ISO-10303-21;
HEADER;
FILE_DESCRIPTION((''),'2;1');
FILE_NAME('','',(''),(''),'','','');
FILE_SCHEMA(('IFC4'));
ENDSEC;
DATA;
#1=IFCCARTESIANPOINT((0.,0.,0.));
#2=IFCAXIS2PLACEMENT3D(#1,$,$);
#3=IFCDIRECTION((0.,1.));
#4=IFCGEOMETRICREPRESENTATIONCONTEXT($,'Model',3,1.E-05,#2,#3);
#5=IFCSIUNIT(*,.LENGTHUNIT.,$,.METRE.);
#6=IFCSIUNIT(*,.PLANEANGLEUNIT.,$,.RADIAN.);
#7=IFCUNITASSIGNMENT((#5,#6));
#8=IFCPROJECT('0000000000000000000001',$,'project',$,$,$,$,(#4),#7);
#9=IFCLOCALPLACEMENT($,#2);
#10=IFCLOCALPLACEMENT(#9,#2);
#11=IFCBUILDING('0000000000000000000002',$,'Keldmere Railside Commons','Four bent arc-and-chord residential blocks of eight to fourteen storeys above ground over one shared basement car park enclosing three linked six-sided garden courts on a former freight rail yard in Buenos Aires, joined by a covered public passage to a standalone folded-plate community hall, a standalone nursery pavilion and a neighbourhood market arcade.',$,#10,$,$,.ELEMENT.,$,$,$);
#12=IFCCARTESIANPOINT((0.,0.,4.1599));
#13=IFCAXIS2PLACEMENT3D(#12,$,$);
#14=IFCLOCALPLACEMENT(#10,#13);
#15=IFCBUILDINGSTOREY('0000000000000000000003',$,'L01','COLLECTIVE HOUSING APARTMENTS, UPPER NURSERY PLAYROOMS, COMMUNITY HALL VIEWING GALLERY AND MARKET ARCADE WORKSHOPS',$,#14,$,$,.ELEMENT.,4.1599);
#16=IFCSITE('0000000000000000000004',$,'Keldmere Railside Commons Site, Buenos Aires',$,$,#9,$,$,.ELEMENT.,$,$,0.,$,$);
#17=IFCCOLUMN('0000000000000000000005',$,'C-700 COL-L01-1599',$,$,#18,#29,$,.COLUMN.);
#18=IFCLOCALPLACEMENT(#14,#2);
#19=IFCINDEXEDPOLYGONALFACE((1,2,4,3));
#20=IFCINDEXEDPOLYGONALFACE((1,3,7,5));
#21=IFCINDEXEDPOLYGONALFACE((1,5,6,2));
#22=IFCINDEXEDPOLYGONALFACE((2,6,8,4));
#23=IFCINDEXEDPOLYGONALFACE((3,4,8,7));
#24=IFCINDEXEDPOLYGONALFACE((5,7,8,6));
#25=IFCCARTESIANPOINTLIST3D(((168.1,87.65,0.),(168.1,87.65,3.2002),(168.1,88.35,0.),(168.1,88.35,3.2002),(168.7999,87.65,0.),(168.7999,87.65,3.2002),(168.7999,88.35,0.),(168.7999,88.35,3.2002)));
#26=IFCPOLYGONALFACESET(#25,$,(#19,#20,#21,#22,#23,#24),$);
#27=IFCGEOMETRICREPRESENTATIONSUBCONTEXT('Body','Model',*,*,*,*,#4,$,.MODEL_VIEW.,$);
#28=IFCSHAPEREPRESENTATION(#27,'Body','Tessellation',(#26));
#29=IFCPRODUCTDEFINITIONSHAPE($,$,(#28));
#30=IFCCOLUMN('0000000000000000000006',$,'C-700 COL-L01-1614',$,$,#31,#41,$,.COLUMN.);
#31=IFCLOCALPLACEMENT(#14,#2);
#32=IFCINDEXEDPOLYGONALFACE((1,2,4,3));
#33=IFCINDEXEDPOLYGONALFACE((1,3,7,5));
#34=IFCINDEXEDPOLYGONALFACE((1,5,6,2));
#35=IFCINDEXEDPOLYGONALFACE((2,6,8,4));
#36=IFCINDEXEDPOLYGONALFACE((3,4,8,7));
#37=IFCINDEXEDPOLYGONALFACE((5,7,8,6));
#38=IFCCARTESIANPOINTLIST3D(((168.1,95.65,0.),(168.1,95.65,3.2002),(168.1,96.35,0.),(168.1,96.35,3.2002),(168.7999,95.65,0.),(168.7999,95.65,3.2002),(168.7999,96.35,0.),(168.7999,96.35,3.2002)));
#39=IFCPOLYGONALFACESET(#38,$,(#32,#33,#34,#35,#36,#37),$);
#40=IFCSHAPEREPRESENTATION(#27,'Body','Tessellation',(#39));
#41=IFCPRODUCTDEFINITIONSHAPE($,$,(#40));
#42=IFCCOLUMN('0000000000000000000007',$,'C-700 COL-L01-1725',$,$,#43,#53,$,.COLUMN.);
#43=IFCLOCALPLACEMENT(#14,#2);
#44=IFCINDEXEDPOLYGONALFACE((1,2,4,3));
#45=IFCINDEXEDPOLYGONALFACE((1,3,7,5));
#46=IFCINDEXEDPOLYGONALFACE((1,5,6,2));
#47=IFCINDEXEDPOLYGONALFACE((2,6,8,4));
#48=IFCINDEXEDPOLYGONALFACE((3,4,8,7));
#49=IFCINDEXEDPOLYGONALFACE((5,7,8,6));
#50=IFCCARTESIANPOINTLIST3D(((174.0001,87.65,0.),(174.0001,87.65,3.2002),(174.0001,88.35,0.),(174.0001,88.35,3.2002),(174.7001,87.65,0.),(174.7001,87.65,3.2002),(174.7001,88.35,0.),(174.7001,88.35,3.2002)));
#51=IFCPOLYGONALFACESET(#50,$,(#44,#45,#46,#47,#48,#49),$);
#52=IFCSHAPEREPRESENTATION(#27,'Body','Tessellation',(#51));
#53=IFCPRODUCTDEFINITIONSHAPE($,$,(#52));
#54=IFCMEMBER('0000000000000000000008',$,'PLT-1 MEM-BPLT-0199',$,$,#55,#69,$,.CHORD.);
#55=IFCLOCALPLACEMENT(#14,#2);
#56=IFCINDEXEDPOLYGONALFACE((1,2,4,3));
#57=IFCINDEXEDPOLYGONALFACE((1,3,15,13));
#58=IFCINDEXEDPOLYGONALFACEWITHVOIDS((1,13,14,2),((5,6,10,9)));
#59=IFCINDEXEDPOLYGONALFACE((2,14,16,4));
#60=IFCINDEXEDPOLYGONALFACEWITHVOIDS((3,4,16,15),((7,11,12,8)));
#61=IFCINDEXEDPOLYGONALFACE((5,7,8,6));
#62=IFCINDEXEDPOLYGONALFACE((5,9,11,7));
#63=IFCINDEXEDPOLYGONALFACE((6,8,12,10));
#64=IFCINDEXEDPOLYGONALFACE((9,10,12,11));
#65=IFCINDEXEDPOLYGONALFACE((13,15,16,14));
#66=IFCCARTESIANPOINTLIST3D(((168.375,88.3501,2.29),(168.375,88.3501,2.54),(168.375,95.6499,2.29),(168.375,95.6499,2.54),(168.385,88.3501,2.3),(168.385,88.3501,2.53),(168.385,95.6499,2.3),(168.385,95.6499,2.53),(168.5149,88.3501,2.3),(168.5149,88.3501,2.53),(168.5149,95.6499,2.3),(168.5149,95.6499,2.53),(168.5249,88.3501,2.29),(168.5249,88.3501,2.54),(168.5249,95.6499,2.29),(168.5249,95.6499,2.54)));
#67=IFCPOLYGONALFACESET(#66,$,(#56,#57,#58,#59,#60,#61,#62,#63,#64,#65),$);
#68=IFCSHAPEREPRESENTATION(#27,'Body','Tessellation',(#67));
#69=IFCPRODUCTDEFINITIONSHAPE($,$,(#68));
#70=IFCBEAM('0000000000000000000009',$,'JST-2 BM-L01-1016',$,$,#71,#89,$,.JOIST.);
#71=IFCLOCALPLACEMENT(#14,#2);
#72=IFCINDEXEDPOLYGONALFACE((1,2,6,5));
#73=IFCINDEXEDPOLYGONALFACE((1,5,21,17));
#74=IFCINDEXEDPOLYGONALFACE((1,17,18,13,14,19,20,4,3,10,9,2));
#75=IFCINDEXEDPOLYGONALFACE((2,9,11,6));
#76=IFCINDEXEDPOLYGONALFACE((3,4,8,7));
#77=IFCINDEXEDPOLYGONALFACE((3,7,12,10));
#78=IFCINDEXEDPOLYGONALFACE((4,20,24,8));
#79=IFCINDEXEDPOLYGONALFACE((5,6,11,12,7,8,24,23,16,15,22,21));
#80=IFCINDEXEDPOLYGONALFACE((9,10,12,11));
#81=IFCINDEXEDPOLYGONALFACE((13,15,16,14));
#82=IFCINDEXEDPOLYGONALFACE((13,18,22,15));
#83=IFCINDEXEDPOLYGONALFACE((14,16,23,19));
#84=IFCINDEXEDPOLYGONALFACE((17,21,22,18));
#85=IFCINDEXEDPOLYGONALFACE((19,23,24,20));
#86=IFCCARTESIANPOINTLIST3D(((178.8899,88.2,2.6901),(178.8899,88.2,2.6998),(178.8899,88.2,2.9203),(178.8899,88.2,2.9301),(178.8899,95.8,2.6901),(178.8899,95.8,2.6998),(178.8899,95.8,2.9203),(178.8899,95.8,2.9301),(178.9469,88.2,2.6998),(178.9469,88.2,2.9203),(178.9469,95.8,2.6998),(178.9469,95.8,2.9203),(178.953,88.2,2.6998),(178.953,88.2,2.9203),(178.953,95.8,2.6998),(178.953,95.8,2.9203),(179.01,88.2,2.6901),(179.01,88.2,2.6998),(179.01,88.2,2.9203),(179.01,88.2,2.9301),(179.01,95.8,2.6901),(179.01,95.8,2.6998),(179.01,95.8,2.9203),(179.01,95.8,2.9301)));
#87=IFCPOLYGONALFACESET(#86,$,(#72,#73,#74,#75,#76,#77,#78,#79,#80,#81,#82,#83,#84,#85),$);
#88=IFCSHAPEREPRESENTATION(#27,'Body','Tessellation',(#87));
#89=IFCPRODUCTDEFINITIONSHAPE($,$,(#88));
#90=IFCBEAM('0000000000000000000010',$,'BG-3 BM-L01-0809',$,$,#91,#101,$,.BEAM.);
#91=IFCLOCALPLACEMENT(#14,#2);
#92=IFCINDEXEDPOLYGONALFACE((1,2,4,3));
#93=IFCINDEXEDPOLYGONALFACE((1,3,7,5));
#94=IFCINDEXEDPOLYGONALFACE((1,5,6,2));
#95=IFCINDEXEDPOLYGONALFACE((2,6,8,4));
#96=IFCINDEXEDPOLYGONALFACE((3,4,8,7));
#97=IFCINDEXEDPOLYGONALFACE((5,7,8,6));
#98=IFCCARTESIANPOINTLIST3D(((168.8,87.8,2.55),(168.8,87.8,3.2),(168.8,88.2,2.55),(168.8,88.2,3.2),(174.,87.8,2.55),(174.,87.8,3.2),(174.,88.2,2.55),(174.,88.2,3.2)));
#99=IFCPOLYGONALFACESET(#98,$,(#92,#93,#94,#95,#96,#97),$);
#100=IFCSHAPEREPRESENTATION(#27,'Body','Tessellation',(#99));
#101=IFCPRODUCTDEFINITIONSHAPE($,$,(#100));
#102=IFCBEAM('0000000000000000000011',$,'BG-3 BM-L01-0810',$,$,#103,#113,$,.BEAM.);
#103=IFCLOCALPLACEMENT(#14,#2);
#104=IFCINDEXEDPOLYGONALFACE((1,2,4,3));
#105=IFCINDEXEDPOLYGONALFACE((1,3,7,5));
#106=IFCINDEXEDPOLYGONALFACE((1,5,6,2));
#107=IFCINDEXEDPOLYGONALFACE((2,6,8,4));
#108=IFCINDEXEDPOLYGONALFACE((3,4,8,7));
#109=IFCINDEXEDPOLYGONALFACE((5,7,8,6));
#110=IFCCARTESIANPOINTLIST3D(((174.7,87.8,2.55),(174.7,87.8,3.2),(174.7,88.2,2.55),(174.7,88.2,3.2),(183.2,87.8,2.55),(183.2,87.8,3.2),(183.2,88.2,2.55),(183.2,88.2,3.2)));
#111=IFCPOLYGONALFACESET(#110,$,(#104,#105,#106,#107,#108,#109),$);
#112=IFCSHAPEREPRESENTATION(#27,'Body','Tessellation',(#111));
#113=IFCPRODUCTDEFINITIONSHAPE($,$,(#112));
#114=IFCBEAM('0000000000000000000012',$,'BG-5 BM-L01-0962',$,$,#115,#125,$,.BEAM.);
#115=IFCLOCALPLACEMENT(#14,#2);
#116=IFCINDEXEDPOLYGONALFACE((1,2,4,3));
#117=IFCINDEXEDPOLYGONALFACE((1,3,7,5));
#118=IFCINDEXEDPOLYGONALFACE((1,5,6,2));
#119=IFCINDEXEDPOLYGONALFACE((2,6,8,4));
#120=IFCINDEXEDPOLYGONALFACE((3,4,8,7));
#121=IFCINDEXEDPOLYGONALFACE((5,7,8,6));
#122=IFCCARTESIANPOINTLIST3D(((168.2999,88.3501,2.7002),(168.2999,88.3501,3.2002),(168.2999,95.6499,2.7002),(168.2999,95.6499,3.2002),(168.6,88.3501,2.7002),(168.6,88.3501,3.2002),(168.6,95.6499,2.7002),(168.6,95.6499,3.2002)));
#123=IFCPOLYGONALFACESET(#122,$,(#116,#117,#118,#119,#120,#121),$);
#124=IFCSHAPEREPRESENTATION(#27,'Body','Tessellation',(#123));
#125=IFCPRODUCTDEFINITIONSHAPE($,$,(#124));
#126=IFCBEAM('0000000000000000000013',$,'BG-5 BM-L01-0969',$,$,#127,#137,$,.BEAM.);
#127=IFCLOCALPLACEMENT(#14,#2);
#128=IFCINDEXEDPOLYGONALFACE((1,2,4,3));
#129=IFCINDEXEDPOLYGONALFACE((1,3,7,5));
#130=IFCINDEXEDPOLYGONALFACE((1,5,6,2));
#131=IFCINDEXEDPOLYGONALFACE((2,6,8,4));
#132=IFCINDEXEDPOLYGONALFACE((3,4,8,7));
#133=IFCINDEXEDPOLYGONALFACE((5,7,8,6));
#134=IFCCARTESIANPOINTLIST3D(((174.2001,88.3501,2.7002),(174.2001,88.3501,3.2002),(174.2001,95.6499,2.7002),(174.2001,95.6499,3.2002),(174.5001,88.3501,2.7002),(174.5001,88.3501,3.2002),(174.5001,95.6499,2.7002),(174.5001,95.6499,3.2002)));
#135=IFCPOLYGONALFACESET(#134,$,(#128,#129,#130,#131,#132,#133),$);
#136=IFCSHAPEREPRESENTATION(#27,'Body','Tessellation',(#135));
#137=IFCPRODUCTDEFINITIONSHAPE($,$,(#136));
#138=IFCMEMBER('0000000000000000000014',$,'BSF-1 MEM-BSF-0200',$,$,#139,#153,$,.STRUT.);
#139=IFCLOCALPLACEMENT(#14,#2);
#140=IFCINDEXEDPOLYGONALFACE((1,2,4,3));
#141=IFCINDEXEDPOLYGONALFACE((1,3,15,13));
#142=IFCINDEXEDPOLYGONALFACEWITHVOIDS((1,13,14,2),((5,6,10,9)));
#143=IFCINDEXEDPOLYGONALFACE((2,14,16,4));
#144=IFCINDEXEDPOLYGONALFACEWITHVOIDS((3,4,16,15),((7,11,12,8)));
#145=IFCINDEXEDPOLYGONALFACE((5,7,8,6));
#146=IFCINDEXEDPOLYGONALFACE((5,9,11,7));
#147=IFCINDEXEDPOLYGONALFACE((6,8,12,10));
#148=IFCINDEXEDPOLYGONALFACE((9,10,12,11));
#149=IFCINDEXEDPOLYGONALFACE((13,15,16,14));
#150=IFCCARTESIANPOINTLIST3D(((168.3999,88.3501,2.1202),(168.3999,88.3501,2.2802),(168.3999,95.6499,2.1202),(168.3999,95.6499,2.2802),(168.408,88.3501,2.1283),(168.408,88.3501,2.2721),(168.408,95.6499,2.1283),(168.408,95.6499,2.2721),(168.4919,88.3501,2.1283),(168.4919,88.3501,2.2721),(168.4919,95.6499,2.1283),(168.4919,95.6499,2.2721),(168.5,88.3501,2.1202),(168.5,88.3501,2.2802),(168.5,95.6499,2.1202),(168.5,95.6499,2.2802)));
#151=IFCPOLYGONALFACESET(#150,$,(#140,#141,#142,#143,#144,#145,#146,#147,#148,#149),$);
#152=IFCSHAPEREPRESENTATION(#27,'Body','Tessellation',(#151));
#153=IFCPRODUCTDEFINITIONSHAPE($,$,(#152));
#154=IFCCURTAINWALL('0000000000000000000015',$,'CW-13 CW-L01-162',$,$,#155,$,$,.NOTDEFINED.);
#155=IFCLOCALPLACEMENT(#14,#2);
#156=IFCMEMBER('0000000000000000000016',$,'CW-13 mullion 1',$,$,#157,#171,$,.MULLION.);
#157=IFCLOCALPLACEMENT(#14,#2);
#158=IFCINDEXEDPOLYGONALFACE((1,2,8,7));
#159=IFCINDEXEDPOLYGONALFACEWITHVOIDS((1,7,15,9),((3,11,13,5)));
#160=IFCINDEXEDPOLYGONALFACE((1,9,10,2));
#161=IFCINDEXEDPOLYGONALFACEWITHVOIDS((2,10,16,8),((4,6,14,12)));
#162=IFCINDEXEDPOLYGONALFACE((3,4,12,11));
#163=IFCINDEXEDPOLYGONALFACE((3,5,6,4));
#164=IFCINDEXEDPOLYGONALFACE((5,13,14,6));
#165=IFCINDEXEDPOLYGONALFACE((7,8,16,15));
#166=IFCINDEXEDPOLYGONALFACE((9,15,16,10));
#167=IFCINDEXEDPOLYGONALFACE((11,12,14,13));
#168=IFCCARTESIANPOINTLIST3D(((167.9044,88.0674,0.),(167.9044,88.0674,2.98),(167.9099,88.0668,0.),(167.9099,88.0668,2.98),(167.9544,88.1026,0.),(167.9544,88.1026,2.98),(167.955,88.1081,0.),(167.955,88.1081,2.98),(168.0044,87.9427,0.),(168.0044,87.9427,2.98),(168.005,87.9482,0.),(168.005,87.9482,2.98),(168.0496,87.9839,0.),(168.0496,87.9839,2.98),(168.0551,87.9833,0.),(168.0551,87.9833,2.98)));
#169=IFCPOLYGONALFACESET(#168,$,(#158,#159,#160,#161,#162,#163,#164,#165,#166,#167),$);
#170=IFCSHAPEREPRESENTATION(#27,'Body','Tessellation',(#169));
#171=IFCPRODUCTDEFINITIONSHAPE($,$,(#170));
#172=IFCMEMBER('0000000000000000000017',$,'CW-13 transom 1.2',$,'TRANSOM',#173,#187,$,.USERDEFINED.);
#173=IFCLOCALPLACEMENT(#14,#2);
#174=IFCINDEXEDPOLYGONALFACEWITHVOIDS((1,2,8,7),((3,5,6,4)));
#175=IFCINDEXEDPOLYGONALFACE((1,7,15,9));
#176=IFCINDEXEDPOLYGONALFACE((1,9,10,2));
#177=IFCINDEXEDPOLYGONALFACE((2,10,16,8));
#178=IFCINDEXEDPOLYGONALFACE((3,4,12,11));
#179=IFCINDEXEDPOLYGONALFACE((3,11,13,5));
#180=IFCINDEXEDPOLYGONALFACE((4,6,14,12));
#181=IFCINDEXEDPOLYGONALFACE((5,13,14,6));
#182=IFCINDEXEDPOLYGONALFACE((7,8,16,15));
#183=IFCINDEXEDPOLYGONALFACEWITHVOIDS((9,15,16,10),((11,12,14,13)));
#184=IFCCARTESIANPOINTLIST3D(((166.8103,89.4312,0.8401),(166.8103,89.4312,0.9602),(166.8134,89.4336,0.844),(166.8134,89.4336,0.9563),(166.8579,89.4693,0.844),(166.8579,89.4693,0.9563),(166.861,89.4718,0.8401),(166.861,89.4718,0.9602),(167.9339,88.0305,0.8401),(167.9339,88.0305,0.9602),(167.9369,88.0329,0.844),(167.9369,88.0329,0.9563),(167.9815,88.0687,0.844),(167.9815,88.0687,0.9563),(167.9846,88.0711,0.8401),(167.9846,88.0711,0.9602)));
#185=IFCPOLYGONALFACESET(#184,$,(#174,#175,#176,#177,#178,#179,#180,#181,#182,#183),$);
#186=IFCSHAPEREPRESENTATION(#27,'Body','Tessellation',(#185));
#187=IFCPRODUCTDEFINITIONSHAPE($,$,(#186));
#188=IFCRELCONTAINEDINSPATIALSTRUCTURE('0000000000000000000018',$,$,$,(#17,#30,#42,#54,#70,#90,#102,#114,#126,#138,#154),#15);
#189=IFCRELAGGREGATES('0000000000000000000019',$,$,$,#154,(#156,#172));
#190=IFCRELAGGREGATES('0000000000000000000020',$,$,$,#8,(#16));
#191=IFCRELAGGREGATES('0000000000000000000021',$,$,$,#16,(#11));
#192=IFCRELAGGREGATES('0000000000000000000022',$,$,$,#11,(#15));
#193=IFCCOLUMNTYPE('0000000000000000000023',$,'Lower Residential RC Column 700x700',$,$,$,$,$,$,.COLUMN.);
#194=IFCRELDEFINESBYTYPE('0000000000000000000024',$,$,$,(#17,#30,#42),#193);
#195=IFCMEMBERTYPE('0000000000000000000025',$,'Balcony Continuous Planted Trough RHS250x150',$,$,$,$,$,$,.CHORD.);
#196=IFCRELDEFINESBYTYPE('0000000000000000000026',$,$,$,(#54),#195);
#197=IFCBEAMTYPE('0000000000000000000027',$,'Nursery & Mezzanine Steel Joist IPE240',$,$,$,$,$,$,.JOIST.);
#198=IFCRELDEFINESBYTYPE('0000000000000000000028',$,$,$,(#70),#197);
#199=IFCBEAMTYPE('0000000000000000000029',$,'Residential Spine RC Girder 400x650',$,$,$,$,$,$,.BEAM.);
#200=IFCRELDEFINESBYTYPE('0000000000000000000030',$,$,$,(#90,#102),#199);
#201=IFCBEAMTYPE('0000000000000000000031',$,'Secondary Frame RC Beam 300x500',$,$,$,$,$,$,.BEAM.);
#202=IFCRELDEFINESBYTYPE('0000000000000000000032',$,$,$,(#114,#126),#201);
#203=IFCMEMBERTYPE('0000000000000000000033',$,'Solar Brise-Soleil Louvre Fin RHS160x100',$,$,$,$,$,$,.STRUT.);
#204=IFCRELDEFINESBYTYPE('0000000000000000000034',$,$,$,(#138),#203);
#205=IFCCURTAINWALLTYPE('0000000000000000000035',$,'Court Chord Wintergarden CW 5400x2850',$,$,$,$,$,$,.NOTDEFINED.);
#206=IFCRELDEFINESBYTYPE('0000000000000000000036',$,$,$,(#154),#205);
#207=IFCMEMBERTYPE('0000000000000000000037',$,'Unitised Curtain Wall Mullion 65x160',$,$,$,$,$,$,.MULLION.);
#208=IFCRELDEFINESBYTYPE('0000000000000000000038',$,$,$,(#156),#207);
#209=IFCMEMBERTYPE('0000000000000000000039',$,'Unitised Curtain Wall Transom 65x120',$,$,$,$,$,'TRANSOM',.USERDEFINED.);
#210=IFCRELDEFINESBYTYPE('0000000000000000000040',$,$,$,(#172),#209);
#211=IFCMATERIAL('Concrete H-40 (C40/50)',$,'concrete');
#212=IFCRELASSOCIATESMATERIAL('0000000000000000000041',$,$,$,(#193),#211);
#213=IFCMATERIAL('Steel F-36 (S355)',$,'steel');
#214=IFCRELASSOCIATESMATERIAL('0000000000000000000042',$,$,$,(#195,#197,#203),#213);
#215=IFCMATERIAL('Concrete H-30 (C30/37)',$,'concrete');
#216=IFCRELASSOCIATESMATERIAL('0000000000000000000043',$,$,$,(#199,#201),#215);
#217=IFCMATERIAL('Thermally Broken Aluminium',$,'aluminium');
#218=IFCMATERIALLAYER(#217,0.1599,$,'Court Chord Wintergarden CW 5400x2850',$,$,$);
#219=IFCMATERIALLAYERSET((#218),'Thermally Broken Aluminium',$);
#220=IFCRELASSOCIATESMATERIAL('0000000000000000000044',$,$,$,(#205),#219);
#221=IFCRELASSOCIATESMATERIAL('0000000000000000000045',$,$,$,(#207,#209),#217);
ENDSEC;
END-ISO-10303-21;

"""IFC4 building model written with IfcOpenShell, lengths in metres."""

from ifc_helpers import new_model, si_unit, direction, frame, origin, origin_2d, place, context, subcontext, project, spatial, rectangle, hollow_rectangle, i_section, extrude, material, layer, layer_set, material_profile, profile_set, type_object, element, aggregate, save


model = new_model("IFC4")

# Units and contexts
model_context = context("Model", 3, precision=1e-05, world=origin(), true_north=direction((0.0, 1.0)))
body_context = subcontext(model_context, "Body", "Model", "MODEL_VIEW")
ifc_project = project(units=[si_unit("LENGTHUNIT", "METRE"), si_unit("PLANEANGLEUNIT", "RADIAN")], contexts=[model_context])

# Site, building, storey
site_placement = place(None, origin())
site = spatial("IfcSite", under=ifc_project, at=site_placement, Name="Keldmere Railside Commons Site, Buenos Aires", CompositionType="ELEMENT", RefElevation=0.0)
building_placement = place(site_placement, origin())
building = spatial("IfcBuilding", under=site, at=building_placement, Name="Keldmere Railside Commons", Description="Four bent arc-and-chord residential blocks of eight to fourteen storeys above ground over one shared basement car park enclosing three linked six-sided garden courts on a former freight rail yard in Buenos Aires, joined by a covered public passage to a standalone folded-plate community hall, a standalone nursery pavilion and a neighbourhood market arcade.", CompositionType="ELEMENT")
storey_placement = place(building_placement, frame((0.0, 0.0, 4.1599)))
storey = spatial("IfcBuildingStorey", under=building, at=storey_placement, Name="L01", Description="COLLECTIVE HOUSING APARTMENTS, UPPER NURSERY PLAYROOMS, COMMUNITY HALL VIEWING GALLERY AND MARKET ARCADE WORKSHOPS", CompositionType="ELEMENT", Elevation=4.1599)

# Columns
ifc_material_1 = material(Name="Concrete H-40 (C40/50)", Category="concrete")
ifc_material_profile_1 = material_profile(ifc_material_1, rectangle(XDim=0.7, YDim=0.7, at=origin_2d()), Name="RC-700x700")
ifc_profile_set_1 = profile_set([ifc_material_profile_1], Name="Concrete H-40 (C40/50)")
column_type = type_object("IfcColumnType", Name="Lower Residential RC Column 700x700", PredefinedType="COLUMN", material=ifc_profile_set_1)
for number, where, z_axis, x_axis, name in (
    (1, (168.45, 88.0, 0.0), (0.0, 0.0, 1.0), (1.0, 0.0, 0.0), "C-700 COL-L01-1599"),
    (2, (168.45, 96.0, 0.0), (0.0, 0.0, 1.0), (1.0, 0.0, 0.0), "C-700 COL-L01-1614"),
    (3, (174.3501, 88.0, 0.0), (0.0, 0.0, 1.0), (1.0, 0.0, 0.0), "C-700 COL-L01-1725"),
):
    element("IfcColumn", number, at=place(storey_placement, frame(where, z_axis=z_axis, x_axis=x_axis)), inside=storey, type_object=column_type, Name=name, PredefinedType="COLUMN", context=body_context, shape_type="SweptSolid", body=[
        extrude(rectangle(XDim=0.7, YDim=0.7, at=origin_2d()), origin(), (0.0, 0.0, 1.0), 3.2002),
    ])

# Member
ifc_material_2 = material(Name="Steel F-36 (S355)", Category="steel")
ifc_material_profile_2 = material_profile(ifc_material_2, hollow_rectangle(XDim=0.1499, YDim=0.25, WallThickness=0.01, at=origin_2d()), Name="RHS-250x150x10")
ifc_profile_set_2 = profile_set([ifc_material_profile_2], Name="Steel F-36 (S355)")
member_type_1 = type_object("IfcMemberType", Name="Balcony Continuous Planted Trough RHS250x150", PredefinedType="CHORD", material=ifc_profile_set_2)
member_1_placement = place(storey_placement, frame((168.45, 88.3501, 2.415), z_axis=(0.0, 1.0, 0.0), x_axis=(-1.0, 0.0, 0.0)))
element("IfcMember", 4, at=member_1_placement, inside=storey, type_object=member_type_1, Name="PLT-1 MEM-BPLT-0199", PredefinedType="CHORD", context=body_context, shape_type="SweptSolid", body=[
    extrude(hollow_rectangle(XDim=0.1499, YDim=0.25, WallThickness=0.01, at=origin_2d()), origin(), (0.0, 0.0, 1.0), 7.2998),
])

# Beams
ifc_material_profile_3 = material_profile(ifc_material_2, i_section(OverallWidth=0.1201, OverallDepth=0.24, WebThickness=0.0061, FlangeThickness=0.0098, at=origin_2d()), Name="IPE-240")
ifc_profile_set_3 = profile_set([ifc_material_profile_3], Name="Steel F-36 (S355)")
beam_type_1 = type_object("IfcBeamType", Name="Nursery & Mezzanine Steel Joist IPE240", PredefinedType="JOIST", material=ifc_profile_set_3)
beam_1_placement = place(storey_placement, frame((178.95, 88.2, 2.8101), z_axis=(0.0, 1.0, 0.0), x_axis=(-1.0, 0.0, 0.0)))
element("IfcBeam", 5, at=beam_1_placement, inside=storey, type_object=beam_type_1, Name="JST-2 BM-L01-1016", PredefinedType="JOIST", context=body_context, shape_type="SweptSolid", body=[
    extrude(i_section(OverallWidth=0.1201, OverallDepth=0.24, WebThickness=0.0061, FlangeThickness=0.0098, at=origin_2d()), origin(), (0.0, 0.0, 1.0), 7.6001),
])
ifc_material_3 = material(Name="Concrete H-30 (C30/37)", Category="concrete")
ifc_material_profile_4 = material_profile(ifc_material_3, rectangle(XDim=0.3999, YDim=0.6499, at=origin_2d()), Name="RC-400x650")
ifc_profile_set_4 = profile_set([ifc_material_profile_4], Name="Concrete H-30 (C30/37)")
beam_type_2 = type_object("IfcBeamType", Name="Residential Spine RC Girder 400x650", PredefinedType="BEAM", material=ifc_profile_set_4)
beam_2_placement = place(storey_placement, frame((168.8, 88.0, 2.875), z_axis=(1.0, 0.0, 0.0), x_axis=(0.0, 1.0, 0.0)))
element("IfcBeam", 6, at=beam_2_placement, inside=storey, type_object=beam_type_2, Name="BG-3 BM-L01-0809", PredefinedType="BEAM", context=body_context, shape_type="SweptSolid", body=[
    extrude(rectangle(XDim=0.3999, YDim=0.6499, at=origin_2d()), origin(), (0.0, 0.0, 1.0), 5.2),
])
beam_3_placement = place(storey_placement, frame((174.7, 88.0, 2.875), z_axis=(1.0, 0.0, 0.0), x_axis=(0.0, 1.0, 0.0)))
element("IfcBeam", 7, at=beam_3_placement, inside=storey, type_object=beam_type_2, Name="BG-3 BM-L01-0810", PredefinedType="BEAM", context=body_context, shape_type="SweptSolid", body=[
    extrude(rectangle(XDim=0.3999, YDim=0.6499, at=origin_2d()), origin(), (0.0, 0.0, 1.0), 8.5),
])
ifc_material_profile_5 = material_profile(ifc_material_3, rectangle(XDim=0.3, YDim=0.5, at=origin_2d()), Name="RC-300x500")
ifc_profile_set_5 = profile_set([ifc_material_profile_5], Name="Concrete H-30 (C30/37)")
beam_type_3 = type_object("IfcBeamType", Name="Secondary Frame RC Beam 300x500", PredefinedType="BEAM", material=ifc_profile_set_5)
for number, where, z_axis, x_axis, name in (
    (8, (168.45, 88.3501, 2.9502), (0.0, 1.0, 0.0), (-1.0, 0.0, 0.0), "BG-5 BM-L01-0962"),
    (9, (174.3501, 88.3501, 2.9502), (0.0, 1.0, 0.0), (-1.0, 0.0, 0.0), "BG-5 BM-L01-0969"),
):
    element("IfcBeam", number, at=place(storey_placement, frame(where, z_axis=z_axis, x_axis=x_axis)), inside=storey, type_object=beam_type_3, Name=name, PredefinedType="BEAM", context=body_context, shape_type="SweptSolid", body=[
        extrude(rectangle(XDim=0.3, YDim=0.5, at=origin_2d()), origin(), (0.0, 0.0, 1.0), 7.2998),
    ])

# Member
ifc_material_profile_6 = material_profile(ifc_material_2, hollow_rectangle(XDim=0.1001, YDim=0.1599, WallThickness=0.0081, at=origin_2d()), Name="RHS-160x100x8")
ifc_profile_set_6 = profile_set([ifc_material_profile_6], Name="Steel F-36 (S355)")
member_type_2 = type_object("IfcMemberType", Name="Solar Brise-Soleil Louvre Fin RHS160x100", PredefinedType="STRUT", material=ifc_profile_set_6)
member_2_placement = place(storey_placement, frame((168.45, 88.3501, 2.2002), z_axis=(0.0, 1.0, 0.0), x_axis=(-1.0, 0.0, 0.0)))
element("IfcMember", 10, at=member_2_placement, inside=storey, type_object=member_type_2, Name="BSF-1 MEM-BSF-0200", PredefinedType="STRUT", context=body_context, shape_type="SweptSolid", body=[
    extrude(hollow_rectangle(XDim=0.1001, YDim=0.1599, WallThickness=0.0081, at=origin_2d()), origin(), (0.0, 0.0, 1.0), 7.2998),
])

# Curtain wall, members
ifc_material_4 = material(Name="Thermally Broken Aluminium", Category="aluminium")
ifc_layer_1 = layer(ifc_material_4, 0.1599, Name="Court Chord Wintergarden CW 5400x2850")
ifc_layer_set_1 = layer_set([ifc_layer_1], Name="Thermally Broken Aluminium")
curtain_wall_type = type_object("IfcCurtainWallType", Name="Court Chord Wintergarden CW 5400x2850", PredefinedType="NOTDEFINED", material=ifc_layer_set_1)
curtain_wall_placement = place(storey_placement, origin())
curtain_wall = element("IfcCurtainWall", 11, at=curtain_wall_placement, inside=storey, type_object=curtain_wall_type, Name="CW-13 CW-L01-162", PredefinedType="NOTDEFINED")
ifc_material_profile_7 = material_profile(ifc_material_4, hollow_rectangle(XDim=0.0649, YDim=0.1599, WallThickness=0.0039, at=origin_2d()), Name="ALU-MULL-65x160")
ifc_profile_set_7 = profile_set([ifc_material_profile_7], Name="Thermally Broken Aluminium")
member_type_3 = type_object("IfcMemberType", Name="Unitised Curtain Wall Mullion 65x160", PredefinedType="MULLION", material=ifc_profile_set_7)
member_3_placement = place(storey_placement, frame((167.9797, 88.0254, 0.0), z_axis=(0.0, 0.0, 1.0), x_axis=(-0.780009, -0.625768, 0.0)))
member_3 = element("IfcMember", 12, at=member_3_placement, type_object=member_type_3, Name="CW-13 mullion 1", PredefinedType="MULLION", context=body_context, shape_type="SweptSolid", body=[
    extrude(hollow_rectangle(XDim=0.0649, YDim=0.1599, WallThickness=0.0039, at=origin_2d()), origin(), (0.0, 0.0, 1.0), 2.98),
])
ifc_material_profile_8 = material_profile(ifc_material_4, hollow_rectangle(XDim=0.0649, YDim=0.1201, WallThickness=0.0039, at=origin_2d()), Name="ALU-TRAN-65x120")
ifc_profile_set_8 = profile_set([ifc_material_profile_8], Name="Thermally Broken Aluminium")
member_type_4 = type_object("IfcMemberType", Name="Unitised Curtain Wall Transom 65x120", ElementType="TRANSOM", PredefinedType="USERDEFINED", material=ifc_profile_set_8)
member_4_placement = place(storey_placement, frame((167.9592, 88.0508, 0.9001), z_axis=(-0.625723, 0.780046, 0.0), x_axis=(-0.780046, -0.625723, 0.0)))
member_4 = element("IfcMember", 13, at=member_4_placement, type_object=member_type_4, Name="CW-13 transom 1.2", ObjectType="TRANSOM", PredefinedType="USERDEFINED", context=body_context, shape_type="SweptSolid", body=[
    extrude(hollow_rectangle(XDim=0.0649, YDim=0.1201, WallThickness=0.0039, at=origin_2d()), origin(), (0.0, 0.0, 1.0), 1.7957),
])
aggregate(curtain_wall, [member_3, member_4])

save(model, "model.ifc")
